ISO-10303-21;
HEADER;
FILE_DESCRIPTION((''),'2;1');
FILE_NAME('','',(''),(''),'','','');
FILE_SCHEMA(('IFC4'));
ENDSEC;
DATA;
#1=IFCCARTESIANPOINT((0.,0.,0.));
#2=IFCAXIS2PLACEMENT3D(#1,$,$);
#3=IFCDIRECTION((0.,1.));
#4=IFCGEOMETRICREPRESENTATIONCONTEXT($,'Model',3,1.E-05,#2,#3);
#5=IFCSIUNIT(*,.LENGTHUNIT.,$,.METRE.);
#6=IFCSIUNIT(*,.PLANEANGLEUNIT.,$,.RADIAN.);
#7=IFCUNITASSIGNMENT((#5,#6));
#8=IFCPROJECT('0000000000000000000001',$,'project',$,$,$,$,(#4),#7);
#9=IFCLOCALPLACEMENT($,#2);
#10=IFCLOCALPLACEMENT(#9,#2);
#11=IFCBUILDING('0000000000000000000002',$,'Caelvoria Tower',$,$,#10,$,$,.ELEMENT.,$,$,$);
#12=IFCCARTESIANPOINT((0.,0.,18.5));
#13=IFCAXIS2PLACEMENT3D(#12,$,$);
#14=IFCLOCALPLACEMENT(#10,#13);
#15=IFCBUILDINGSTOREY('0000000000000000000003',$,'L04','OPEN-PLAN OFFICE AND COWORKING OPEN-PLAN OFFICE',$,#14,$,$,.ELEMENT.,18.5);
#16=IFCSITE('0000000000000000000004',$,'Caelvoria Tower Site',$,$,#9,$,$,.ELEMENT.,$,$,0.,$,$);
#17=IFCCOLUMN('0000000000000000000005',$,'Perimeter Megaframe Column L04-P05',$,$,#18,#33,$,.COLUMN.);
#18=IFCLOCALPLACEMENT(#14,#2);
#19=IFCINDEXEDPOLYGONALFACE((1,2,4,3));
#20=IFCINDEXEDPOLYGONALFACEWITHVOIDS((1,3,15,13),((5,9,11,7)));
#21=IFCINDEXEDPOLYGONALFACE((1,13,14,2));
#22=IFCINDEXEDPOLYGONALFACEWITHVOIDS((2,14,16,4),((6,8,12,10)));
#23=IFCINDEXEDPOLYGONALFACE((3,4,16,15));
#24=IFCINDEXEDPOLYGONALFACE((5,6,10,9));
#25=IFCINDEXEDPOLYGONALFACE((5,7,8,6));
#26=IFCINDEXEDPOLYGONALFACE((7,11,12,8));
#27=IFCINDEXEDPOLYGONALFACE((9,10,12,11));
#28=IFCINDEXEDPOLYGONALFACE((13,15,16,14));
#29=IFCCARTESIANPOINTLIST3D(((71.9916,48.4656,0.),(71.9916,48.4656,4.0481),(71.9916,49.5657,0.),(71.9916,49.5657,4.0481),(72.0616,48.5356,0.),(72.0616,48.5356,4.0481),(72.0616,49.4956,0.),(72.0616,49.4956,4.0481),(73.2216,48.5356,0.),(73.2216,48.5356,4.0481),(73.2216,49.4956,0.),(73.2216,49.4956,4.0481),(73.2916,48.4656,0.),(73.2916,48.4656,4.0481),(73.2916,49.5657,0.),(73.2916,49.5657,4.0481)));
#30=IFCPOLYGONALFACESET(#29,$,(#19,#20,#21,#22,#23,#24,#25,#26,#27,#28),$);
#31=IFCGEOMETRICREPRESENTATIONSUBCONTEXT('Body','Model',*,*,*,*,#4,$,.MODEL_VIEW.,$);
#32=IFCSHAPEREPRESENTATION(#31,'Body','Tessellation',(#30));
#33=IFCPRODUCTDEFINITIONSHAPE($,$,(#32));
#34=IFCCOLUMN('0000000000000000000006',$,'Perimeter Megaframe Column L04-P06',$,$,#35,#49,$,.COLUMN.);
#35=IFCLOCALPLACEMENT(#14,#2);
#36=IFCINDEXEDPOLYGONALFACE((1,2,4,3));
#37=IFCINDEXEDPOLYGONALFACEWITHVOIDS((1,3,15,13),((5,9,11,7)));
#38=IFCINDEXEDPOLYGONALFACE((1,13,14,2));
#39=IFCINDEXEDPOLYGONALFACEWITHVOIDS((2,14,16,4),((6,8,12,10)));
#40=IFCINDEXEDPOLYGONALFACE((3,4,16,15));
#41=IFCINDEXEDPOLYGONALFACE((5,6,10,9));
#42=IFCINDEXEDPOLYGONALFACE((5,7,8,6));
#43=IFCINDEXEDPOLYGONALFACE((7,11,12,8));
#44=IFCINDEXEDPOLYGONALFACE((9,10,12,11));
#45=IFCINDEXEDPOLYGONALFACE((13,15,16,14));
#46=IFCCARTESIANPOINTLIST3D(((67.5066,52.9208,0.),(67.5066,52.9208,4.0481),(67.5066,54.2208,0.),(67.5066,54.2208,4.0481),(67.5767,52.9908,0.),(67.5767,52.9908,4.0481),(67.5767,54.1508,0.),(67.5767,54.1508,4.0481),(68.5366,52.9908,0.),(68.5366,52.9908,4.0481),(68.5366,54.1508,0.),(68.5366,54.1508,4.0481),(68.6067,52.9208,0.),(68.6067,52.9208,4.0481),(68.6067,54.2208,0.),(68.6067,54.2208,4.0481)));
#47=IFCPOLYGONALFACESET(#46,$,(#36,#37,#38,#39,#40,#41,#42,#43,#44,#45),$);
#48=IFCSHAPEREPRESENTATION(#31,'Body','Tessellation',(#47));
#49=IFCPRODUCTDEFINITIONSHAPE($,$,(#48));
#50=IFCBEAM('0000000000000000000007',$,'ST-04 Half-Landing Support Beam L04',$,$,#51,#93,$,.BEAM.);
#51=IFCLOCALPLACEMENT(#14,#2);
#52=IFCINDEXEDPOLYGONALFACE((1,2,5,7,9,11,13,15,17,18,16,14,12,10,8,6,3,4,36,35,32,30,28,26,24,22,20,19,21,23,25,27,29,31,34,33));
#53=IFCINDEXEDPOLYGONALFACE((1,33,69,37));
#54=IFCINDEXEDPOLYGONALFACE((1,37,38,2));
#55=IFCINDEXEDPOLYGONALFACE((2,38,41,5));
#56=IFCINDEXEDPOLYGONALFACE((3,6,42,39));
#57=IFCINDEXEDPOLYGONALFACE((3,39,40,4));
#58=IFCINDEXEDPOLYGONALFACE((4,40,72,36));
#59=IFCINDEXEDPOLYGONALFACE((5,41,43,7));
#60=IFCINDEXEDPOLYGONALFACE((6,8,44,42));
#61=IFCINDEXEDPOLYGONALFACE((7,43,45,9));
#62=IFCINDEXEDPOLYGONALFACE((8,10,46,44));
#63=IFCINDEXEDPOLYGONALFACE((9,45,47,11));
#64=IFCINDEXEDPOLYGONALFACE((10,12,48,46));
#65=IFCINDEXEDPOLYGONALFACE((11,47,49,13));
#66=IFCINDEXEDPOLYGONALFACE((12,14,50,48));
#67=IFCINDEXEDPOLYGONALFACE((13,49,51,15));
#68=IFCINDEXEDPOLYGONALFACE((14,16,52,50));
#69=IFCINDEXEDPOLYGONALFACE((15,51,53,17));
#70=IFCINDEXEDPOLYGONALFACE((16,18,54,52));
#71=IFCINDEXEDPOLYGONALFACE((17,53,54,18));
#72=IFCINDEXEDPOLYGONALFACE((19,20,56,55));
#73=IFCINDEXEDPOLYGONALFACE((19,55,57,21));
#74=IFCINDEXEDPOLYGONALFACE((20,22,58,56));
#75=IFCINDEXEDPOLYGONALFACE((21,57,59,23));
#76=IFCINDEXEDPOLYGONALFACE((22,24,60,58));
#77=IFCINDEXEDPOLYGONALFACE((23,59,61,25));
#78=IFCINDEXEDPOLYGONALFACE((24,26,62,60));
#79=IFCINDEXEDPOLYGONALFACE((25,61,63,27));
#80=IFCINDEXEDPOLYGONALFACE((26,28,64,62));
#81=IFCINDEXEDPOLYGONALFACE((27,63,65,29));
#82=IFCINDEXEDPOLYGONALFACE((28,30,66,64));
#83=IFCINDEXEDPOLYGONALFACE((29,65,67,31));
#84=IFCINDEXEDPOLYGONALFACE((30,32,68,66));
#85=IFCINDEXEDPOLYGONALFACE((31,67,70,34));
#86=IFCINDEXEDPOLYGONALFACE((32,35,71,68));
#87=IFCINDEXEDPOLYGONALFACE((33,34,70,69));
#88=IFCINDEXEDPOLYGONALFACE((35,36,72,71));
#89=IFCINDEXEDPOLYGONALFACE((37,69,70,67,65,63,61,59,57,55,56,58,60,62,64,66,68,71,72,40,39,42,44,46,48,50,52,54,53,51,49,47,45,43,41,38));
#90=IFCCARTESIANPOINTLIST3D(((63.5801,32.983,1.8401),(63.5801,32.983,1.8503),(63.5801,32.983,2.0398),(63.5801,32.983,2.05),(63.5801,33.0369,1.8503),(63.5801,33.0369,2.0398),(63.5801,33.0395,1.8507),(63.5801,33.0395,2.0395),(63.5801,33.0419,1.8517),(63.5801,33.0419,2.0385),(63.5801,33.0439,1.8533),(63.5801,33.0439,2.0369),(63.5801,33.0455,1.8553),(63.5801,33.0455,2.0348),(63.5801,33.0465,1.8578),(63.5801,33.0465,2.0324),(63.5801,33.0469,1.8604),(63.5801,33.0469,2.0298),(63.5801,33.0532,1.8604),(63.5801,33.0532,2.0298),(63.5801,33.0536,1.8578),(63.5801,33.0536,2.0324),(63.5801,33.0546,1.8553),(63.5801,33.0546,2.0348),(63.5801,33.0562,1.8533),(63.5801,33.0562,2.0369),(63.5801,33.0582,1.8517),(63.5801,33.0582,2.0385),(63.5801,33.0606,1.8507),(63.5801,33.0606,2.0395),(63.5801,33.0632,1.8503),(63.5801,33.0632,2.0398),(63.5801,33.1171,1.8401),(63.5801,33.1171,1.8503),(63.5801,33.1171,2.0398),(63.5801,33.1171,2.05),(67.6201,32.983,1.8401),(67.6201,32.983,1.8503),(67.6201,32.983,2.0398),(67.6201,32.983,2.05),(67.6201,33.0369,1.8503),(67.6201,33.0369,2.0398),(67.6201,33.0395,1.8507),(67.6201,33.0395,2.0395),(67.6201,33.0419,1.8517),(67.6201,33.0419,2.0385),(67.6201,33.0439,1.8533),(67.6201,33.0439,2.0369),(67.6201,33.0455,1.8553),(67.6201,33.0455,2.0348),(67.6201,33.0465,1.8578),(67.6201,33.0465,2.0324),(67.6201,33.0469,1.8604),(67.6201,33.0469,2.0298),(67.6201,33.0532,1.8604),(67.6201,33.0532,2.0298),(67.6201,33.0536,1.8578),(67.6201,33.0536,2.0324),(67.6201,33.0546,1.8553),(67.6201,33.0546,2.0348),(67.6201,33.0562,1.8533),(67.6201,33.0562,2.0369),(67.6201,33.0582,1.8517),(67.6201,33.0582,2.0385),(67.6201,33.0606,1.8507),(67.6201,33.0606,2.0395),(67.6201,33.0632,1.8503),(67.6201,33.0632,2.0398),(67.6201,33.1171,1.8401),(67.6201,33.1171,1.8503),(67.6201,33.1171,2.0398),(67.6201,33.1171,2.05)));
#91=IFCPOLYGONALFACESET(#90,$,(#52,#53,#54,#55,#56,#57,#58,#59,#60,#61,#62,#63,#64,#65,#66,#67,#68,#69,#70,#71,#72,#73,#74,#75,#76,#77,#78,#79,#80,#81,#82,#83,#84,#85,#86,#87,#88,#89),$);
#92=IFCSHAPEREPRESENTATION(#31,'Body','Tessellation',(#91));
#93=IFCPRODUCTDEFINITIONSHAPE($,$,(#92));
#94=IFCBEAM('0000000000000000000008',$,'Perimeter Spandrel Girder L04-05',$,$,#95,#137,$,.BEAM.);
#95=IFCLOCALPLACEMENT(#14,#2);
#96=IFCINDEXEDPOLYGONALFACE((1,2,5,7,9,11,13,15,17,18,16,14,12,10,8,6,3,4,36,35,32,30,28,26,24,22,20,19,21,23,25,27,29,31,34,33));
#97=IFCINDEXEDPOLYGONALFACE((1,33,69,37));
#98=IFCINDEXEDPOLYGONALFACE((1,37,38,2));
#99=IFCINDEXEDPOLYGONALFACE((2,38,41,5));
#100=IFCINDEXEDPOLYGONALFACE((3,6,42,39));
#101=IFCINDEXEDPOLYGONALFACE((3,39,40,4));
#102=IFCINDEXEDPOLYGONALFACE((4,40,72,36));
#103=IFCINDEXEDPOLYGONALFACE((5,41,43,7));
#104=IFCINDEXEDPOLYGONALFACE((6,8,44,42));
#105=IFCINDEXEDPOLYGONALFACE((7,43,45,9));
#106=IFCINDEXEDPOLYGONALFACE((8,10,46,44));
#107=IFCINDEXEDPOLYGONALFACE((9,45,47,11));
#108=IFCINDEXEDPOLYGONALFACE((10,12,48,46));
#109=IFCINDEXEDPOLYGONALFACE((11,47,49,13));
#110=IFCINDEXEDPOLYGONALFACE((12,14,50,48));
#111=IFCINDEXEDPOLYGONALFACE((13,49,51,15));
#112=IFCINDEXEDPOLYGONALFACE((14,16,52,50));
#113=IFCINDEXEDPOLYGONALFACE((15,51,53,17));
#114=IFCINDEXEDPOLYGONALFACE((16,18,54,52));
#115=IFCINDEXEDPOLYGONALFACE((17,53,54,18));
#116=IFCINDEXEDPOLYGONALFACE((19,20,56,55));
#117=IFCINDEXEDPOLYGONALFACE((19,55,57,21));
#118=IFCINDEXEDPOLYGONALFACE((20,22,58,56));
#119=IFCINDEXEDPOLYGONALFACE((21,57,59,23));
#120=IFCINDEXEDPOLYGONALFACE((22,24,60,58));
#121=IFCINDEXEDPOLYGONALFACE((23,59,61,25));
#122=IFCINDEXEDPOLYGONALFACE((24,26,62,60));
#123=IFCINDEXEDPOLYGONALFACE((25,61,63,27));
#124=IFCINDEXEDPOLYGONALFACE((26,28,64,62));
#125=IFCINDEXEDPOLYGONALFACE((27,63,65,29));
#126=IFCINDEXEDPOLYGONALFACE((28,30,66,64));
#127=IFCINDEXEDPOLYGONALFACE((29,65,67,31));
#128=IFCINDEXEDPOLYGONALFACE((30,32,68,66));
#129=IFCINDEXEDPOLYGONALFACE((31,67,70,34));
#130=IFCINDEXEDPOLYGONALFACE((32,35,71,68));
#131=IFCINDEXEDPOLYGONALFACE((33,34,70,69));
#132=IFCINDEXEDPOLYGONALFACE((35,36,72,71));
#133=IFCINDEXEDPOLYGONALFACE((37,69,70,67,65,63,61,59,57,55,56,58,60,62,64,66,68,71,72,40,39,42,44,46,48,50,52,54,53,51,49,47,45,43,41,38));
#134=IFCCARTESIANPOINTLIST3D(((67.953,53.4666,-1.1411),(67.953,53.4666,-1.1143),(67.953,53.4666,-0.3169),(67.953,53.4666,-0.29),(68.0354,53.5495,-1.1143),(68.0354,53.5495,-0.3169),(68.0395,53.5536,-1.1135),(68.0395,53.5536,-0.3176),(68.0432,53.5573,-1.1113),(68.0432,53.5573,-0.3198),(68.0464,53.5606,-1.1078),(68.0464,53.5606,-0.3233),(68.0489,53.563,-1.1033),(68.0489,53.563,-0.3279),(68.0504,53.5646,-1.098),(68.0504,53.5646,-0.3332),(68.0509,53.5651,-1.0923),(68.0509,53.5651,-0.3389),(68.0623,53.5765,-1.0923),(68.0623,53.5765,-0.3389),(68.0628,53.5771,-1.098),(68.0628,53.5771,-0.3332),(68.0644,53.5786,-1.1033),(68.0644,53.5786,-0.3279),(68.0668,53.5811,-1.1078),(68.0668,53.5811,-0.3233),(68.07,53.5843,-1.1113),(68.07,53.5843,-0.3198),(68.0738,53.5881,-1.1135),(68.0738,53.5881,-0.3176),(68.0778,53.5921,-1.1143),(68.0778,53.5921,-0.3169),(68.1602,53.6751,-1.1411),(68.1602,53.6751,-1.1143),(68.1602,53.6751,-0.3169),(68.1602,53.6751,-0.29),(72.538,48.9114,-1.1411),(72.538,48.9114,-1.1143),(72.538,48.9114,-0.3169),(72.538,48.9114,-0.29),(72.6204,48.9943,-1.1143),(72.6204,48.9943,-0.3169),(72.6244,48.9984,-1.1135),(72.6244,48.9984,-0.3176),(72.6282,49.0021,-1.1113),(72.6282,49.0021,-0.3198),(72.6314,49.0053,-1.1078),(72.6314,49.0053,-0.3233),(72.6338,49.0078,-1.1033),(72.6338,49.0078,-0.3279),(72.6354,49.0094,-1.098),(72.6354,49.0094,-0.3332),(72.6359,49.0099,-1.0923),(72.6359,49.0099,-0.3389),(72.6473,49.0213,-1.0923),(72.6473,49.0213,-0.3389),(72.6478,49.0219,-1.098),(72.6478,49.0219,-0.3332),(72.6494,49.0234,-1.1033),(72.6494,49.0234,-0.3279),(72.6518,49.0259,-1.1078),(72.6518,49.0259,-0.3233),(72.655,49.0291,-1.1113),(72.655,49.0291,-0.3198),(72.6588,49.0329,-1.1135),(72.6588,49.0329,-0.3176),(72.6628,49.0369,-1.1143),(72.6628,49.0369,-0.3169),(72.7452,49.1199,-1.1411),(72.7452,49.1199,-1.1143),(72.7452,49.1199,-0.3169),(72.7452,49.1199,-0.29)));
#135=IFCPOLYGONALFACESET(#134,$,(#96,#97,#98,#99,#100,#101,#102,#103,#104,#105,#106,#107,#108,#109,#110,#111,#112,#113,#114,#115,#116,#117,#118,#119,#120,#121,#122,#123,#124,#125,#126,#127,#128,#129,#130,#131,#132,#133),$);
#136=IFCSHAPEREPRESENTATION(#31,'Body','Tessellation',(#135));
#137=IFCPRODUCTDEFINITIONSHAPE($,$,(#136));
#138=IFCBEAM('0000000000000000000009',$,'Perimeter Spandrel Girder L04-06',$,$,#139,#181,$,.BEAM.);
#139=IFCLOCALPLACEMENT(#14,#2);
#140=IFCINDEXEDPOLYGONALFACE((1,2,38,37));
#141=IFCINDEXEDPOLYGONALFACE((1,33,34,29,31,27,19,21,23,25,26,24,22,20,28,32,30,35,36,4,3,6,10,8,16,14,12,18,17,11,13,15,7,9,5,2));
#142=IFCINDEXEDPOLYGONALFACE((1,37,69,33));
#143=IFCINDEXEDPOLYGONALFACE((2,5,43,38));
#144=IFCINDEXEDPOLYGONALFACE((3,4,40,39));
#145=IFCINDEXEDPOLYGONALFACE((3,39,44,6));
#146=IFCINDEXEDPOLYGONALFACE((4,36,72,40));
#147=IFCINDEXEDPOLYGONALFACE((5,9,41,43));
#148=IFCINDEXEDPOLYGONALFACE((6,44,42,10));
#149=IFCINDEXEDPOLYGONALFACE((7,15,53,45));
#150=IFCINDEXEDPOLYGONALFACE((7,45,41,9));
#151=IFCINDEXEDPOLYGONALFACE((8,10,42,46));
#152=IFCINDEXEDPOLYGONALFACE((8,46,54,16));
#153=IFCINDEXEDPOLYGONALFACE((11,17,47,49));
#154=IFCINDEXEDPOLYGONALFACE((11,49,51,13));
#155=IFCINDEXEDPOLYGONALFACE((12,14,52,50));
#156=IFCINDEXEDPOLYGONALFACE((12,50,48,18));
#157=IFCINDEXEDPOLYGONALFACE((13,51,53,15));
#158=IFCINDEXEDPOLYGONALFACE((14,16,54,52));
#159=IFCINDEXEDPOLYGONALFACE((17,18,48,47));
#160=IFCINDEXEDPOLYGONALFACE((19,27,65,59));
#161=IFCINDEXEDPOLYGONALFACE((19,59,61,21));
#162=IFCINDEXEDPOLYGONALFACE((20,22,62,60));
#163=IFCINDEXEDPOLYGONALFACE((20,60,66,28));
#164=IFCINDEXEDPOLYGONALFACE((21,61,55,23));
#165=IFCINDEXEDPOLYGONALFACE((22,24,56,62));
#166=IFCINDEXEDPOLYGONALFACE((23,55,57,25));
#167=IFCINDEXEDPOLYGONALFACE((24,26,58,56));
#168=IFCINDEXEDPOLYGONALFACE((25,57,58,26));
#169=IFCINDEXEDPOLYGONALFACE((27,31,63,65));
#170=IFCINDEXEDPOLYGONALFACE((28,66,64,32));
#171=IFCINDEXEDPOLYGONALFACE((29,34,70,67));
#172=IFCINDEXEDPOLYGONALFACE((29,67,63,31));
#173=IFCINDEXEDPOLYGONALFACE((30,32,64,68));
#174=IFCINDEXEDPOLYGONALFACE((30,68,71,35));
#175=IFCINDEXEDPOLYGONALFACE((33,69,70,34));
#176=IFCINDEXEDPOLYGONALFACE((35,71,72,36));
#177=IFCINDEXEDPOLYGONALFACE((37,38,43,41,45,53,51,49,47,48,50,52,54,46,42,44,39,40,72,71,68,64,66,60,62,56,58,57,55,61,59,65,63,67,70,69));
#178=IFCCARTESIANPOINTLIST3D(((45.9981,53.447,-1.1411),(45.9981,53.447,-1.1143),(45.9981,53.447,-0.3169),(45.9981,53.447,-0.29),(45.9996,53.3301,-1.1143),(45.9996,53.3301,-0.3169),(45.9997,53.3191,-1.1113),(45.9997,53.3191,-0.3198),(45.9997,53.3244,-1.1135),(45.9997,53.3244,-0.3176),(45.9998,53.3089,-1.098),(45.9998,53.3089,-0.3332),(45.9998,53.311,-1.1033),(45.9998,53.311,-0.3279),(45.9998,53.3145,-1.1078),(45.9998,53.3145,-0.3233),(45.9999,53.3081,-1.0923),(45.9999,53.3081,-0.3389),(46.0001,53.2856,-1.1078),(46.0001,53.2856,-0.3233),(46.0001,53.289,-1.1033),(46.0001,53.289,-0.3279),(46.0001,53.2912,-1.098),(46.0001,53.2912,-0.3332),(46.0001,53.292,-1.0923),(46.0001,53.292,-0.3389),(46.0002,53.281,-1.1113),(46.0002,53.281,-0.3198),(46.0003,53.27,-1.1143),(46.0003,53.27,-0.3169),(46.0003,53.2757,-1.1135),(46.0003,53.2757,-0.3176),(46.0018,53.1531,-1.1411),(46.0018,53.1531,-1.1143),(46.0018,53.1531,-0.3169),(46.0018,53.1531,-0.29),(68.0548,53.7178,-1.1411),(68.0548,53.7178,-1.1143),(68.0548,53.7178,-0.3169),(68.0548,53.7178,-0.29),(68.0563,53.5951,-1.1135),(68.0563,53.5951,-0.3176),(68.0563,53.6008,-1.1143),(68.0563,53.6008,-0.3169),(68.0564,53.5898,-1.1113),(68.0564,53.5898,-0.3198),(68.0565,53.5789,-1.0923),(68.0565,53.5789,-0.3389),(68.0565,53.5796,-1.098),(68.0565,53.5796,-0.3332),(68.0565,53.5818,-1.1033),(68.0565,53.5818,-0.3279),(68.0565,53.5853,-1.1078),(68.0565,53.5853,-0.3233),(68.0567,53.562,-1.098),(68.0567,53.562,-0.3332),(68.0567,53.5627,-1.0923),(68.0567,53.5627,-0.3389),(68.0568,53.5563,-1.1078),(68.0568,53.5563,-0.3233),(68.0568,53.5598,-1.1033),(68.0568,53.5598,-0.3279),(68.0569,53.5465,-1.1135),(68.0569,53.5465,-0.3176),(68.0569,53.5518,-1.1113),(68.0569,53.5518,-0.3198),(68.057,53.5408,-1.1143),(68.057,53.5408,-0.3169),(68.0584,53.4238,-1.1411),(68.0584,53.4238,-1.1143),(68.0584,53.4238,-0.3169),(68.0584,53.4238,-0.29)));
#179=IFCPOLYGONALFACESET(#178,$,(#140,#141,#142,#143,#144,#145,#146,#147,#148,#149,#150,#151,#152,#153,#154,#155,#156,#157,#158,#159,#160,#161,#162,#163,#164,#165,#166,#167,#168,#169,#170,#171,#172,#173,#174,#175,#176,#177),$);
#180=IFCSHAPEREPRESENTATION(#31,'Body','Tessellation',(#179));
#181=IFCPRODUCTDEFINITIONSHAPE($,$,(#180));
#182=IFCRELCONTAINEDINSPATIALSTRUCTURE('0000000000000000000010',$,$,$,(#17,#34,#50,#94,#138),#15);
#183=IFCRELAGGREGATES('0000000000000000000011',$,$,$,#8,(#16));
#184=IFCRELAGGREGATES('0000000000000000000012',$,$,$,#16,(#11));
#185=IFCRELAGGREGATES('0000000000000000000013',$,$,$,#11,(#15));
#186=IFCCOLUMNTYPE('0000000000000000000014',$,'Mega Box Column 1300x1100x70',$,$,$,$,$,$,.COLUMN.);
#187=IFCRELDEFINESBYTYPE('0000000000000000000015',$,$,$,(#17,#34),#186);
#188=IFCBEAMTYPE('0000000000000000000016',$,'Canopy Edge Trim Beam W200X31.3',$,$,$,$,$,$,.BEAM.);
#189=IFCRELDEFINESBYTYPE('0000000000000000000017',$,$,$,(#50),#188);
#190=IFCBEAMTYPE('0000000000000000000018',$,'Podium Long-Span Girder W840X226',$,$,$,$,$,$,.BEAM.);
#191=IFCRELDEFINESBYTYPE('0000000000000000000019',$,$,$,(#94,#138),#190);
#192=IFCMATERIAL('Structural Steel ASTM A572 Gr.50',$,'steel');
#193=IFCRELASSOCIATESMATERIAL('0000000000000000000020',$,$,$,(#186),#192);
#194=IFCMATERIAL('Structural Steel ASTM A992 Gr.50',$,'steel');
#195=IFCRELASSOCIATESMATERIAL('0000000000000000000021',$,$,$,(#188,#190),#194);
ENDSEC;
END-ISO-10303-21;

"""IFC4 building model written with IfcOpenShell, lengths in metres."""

from ifc_helpers import new_model, si_unit, direction, frame, origin, origin_2d, place, context, subcontext, project, spatial, hollow_rectangle, i_section, extrude, material, material_profile, profile_set, type_object, element, save


model = new_model("IFC4")

# Units and contexts
model_context = context("Model", 3, precision=1e-05, world=origin(), true_north=direction((0.0, 1.0)))
body_context = subcontext(model_context, "Body", "Model", "MODEL_VIEW")
ifc_project = project(units=[si_unit("LENGTHUNIT", "METRE"), si_unit("PLANEANGLEUNIT", "RADIAN")], contexts=[model_context])

# Site, building, storey
site_placement = place(None, origin())
site = spatial("IfcSite", under=ifc_project, at=site_placement, Name="Caelvoria Tower Site", CompositionType="ELEMENT", RefElevation=0.0)
building_placement = place(site_placement, origin())
building = spatial("IfcBuilding", under=site, at=building_placement, Name="Caelvoria Tower", CompositionType="ELEMENT")
storey_placement = place(building_placement, frame((0.0, 0.0, 18.5)))
storey = spatial("IfcBuildingStorey", under=building, at=storey_placement, Name="L04", Description="OPEN-PLAN OFFICE AND COWORKING OPEN-PLAN OFFICE", CompositionType="ELEMENT", Elevation=18.5)

# Columns
ifc_material_1 = material(Name="Structural Steel ASTM A572 Gr.50", Category="steel")
ifc_material_profile_1 = material_profile(ifc_material_1, hollow_rectangle(XDim=1.1001, YDim=1.3, WallThickness=0.0701, at=origin_2d()), Name="Structural Steel ASTM A572 Gr.50")
ifc_profile_set_1 = profile_set([ifc_material_profile_1], Name="BOX1300X1100X70 - Structural Steel ASTM A572 Gr.50")
column_type = type_object("IfcColumnType", Name="Mega Box Column 1300x1100x70", PredefinedType="COLUMN", material=ifc_profile_set_1)
for number, where, z_axis, x_axis, name in (
    (1, (72.6416, 49.0156, 0.0), (0.0, 0.0, 1.0), (0.0, 1.0, 0.0), "Perimeter Megaframe Column L04-P05"),
    (2, (68.0566, 53.5708, 0.0), (0.0, 0.0, 1.0), (1.0, 0.0, 0.0), "Perimeter Megaframe Column L04-P06"),
):
    element("IfcColumn", number, at=place(storey_placement, frame(where, z_axis=z_axis, x_axis=x_axis)), inside=storey, type_object=column_type, Name=name, PredefinedType="COLUMN", context=body_context, shape_type="SweptSolid", body=[
        extrude(hollow_rectangle(XDim=1.1001, YDim=1.3, WallThickness=0.0701, at=origin_2d()), origin(), (0.0, 0.0, 1.0), 4.0481),
    ])

# Beams
ifc_material_2 = material(Name="Structural Steel ASTM A992 Gr.50", Category="steel")
ifc_material_profile_2 = material_profile(ifc_material_2, i_section(OverallWidth=0.134, OverallDepth=0.21, WebThickness=0.0063, FlangeThickness=0.0103, FilletRadius=0.01, at=origin_2d()), Name="Structural Steel ASTM A992 Gr.50")
ifc_profile_set_2 = profile_set([ifc_material_profile_2], Name="W200X31.3 - Structural Steel ASTM A992 Gr.50")
beam_type_1 = type_object("IfcBeamType", Name="Canopy Edge Trim Beam W200X31.3", PredefinedType="BEAM", material=ifc_profile_set_2)
beam_1_placement = place(storey_placement, frame((63.5801, 33.05, 1.9451), z_axis=(1.0, 0.0, 0.0), x_axis=(0.0, 1.0, 0.0)))
element("IfcBeam", 3, at=beam_1_placement, inside=storey, type_object=beam_type_1, Name="ST-04 Half-Landing Support Beam L04", PredefinedType="BEAM", context=body_context, shape_type="SweptSolid", body=[
    extrude(i_section(OverallWidth=0.134, OverallDepth=0.21, WebThickness=0.0063, FlangeThickness=0.0103, FilletRadius=0.01, at=origin_2d()), origin(), (0.0, 0.0, 1.0), 4.04),
])
ifc_material_profile_3 = material_profile(ifc_material_2, i_section(OverallWidth=0.2939, OverallDepth=0.8511, WebThickness=0.0161, FlangeThickness=0.0269, FilletRadius=0.022, at=origin_2d()), Name="Structural Steel ASTM A992 Gr.50")
ifc_profile_set_3 = profile_set([ifc_material_profile_3], Name="W840X226 - Structural Steel ASTM A992 Gr.50")
beam_type_2 = type_object("IfcBeamType", Name="Podium Long-Span Girder W840X226", PredefinedType="BEAM", material=ifc_profile_set_3)
beam_2_placement = place(storey_placement, frame((72.6416, 49.0156, -0.7156), z_axis=(-0.709407, 0.704799, 0.0), x_axis=(-0.704799, -0.709407, 0.0)))
element("IfcBeam", 4, at=beam_2_placement, inside=storey, type_object=beam_type_2, Name="Perimeter Spandrel Girder L04-05", PredefinedType="BEAM", context=body_context, shape_type="SweptSolid", body=[
    extrude(i_section(OverallWidth=0.2939, OverallDepth=0.8511, WebThickness=0.0161, FlangeThickness=0.0269, FilletRadius=0.022, at=origin_2d()), origin(), (0.0, 0.0, 1.0), 6.4631),
])
beam_3_placement = place(storey_placement, frame((68.0566, 53.5708, -0.7156), z_axis=(-0.999925, -0.012274, 0.0), x_axis=(0.012274, -0.999925, 0.0)))
element("IfcBeam", 5, at=beam_3_placement, inside=storey, type_object=beam_type_2, Name="Perimeter Spandrel Girder L04-06", PredefinedType="BEAM", context=body_context, shape_type="SweptSolid", body=[
    extrude(i_section(OverallWidth=0.2939, OverallDepth=0.8511, WebThickness=0.0161, FlangeThickness=0.0269, FilletRadius=0.022, at=origin_2d()), origin(), (0.0, 0.0, 1.0), 22.0583),
])

save(model, "model.ifc")
